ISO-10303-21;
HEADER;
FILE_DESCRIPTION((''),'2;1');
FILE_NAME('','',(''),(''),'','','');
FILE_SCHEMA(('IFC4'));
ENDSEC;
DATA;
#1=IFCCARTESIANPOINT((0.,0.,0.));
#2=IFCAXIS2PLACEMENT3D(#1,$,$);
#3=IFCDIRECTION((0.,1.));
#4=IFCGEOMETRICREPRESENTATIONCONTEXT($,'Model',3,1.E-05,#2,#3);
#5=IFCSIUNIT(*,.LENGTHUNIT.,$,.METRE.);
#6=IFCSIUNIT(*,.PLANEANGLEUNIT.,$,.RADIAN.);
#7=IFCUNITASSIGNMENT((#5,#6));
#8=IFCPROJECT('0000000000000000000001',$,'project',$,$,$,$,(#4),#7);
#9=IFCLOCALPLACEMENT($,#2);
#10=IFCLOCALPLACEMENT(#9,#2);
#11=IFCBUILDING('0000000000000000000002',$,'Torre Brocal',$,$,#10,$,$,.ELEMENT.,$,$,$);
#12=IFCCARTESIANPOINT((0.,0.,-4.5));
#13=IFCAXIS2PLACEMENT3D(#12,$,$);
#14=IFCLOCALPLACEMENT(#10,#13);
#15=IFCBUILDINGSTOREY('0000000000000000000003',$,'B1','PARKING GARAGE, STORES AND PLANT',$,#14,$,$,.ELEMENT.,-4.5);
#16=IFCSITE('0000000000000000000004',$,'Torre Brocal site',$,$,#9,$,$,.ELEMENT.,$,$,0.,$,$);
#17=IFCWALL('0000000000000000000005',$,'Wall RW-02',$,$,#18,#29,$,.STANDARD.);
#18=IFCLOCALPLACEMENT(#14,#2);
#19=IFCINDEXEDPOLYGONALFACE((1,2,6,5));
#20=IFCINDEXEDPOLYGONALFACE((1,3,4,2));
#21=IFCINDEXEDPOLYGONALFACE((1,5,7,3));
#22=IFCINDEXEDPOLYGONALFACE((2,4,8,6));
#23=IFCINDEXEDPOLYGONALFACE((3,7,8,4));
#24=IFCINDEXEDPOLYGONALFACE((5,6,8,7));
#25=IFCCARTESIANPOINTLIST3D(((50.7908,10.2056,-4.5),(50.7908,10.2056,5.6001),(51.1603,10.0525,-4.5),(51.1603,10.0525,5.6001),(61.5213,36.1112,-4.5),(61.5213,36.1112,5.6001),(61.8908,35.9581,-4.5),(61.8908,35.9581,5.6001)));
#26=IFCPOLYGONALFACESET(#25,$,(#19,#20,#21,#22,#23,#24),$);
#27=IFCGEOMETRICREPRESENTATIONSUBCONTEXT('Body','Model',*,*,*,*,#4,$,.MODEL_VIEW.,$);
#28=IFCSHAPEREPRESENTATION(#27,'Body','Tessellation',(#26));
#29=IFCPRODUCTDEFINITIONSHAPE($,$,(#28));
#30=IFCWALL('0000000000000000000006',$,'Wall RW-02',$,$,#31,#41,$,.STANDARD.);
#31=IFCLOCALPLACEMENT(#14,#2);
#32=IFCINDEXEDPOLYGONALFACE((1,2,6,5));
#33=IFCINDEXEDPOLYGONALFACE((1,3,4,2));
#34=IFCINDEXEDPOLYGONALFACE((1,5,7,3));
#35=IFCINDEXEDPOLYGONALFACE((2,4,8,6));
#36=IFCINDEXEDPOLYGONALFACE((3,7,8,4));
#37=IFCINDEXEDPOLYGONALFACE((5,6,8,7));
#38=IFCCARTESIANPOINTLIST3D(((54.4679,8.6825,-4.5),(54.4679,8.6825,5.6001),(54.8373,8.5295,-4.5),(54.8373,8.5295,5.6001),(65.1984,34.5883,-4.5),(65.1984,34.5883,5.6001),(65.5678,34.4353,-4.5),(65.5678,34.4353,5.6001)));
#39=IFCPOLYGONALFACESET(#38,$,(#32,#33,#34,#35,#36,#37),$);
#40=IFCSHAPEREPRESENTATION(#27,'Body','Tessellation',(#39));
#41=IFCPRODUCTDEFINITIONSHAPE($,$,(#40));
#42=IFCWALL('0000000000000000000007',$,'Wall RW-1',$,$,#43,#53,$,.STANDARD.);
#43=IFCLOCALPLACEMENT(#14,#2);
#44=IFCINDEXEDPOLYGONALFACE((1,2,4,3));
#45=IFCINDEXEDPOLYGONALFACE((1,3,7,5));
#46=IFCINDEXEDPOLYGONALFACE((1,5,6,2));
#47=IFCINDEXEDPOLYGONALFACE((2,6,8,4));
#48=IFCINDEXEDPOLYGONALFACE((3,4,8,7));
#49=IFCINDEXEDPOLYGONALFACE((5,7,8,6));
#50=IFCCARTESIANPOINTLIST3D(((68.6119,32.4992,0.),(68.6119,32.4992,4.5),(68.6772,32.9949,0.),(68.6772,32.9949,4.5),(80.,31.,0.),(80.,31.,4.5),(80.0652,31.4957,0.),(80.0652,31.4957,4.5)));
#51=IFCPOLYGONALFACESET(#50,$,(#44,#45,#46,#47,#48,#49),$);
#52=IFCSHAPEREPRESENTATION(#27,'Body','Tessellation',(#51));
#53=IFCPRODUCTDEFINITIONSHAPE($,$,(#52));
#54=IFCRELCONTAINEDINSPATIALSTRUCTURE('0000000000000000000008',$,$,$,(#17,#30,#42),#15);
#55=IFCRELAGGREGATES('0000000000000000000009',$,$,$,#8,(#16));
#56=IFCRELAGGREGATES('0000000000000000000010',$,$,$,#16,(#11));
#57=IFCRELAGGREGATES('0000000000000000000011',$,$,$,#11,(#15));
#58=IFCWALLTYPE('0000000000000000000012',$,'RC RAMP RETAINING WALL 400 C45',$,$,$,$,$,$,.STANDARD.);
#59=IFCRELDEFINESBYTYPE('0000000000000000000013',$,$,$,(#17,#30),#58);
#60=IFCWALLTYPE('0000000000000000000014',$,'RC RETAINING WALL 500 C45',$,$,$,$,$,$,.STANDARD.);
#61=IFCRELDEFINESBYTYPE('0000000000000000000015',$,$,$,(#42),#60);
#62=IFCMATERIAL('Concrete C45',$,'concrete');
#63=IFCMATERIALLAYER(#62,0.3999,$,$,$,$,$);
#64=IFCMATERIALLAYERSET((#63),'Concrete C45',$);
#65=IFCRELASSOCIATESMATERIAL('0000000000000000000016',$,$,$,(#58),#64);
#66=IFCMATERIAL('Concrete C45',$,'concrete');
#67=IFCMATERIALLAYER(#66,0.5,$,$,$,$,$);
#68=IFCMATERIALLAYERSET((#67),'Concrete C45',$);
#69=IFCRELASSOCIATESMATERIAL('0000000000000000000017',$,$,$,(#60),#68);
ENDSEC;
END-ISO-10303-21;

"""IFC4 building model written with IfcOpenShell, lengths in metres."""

from ifc_helpers import new_model, si_unit, direction, frame, frame_2d, origin, place, context, subcontext, project, spatial, rectangle, extrude, material, layer, layer_set, type_object, element, save


model = new_model("IFC4")

# Units and contexts
model_context = context("Model", 3, precision=1e-05, world=origin(), true_north=direction((0.0, 1.0)))
body_context = subcontext(model_context, "Body", "Model", "MODEL_VIEW")
ifc_project = project(units=[si_unit("LENGTHUNIT", "METRE"), si_unit("PLANEANGLEUNIT", "RADIAN")], contexts=[model_context])

# Site, building, storey
site_placement = place(None, origin())
site = spatial("IfcSite", under=ifc_project, at=site_placement, Name="Torre Brocal site", CompositionType="ELEMENT", RefElevation=0.0)
building_placement = place(site_placement, origin())
building = spatial("IfcBuilding", under=site, at=building_placement, Name="Torre Brocal", CompositionType="ELEMENT")
storey_placement = place(building_placement, frame((0.0, 0.0, -4.5)))
storey = spatial("IfcBuildingStorey", under=building, at=storey_placement, Name="B1", Description="PARKING GARAGE, STORES AND PLANT", CompositionType="ELEMENT", Elevation=-4.5)

# Walls
ifc_material_1 = material(Name="Concrete C45", Category="concrete")
ifc_layer_1 = layer(ifc_material_1, 0.3999)
ifc_layer_set_1 = layer_set([ifc_layer_1], Name="Concrete C45")
wall_type_1 = type_object("IfcWallType", Name="RC RAMP RETAINING WALL 400 C45", PredefinedType="STANDARD", material=ifc_layer_set_1)
wall_1_placement = place(storey_placement, frame((61.7061, 36.0347, -4.5), z_axis=(0.0, 0.0, 1.0), x_axis=(-0.382685, -0.923879, 0.0)))
element("IfcWall", 1, at=wall_1_placement, inside=storey, type_object=wall_type_1, Name="Wall RW-02", PredefinedType="STANDARD", context=body_context, shape_type="SweptSolid", body=[
    extrude(rectangle(XDim=28.04, YDim=0.3999, at=frame_2d((14.02, 0.0))), origin(), (0.0, 0.0, 1.0), 10.1001),
])
wall_2_placement = place(storey_placement, frame((65.3831, 34.5117, -4.5), z_axis=(0.0, 0.0, 1.0), x_axis=(-0.382682, -0.92388, 0.0)))
element("IfcWall", 2, at=wall_2_placement, inside=storey, type_object=wall_type_1, Name="Wall RW-02", PredefinedType="STANDARD", context=body_context, shape_type="SweptSolid", body=[
    extrude(rectangle(XDim=28.0403, YDim=0.3999, at=frame_2d((14.02, 0.0))), origin(), (0.0, 0.0, 1.0), 10.1001),
])
ifc_material_2 = material(Name="Concrete C45", Category="concrete")
ifc_layer_2 = layer(ifc_material_2, 0.5)
ifc_layer_set_2 = layer_set([ifc_layer_2], Name="Concrete C45")
wall_type_2 = type_object("IfcWallType", Name="RC RETAINING WALL 500 C45", PredefinedType="STANDARD", material=ifc_layer_set_2)
wall_3_placement = place(storey_placement, frame((68.6445, 32.7471, 0.0), z_axis=(0.0, 0.0, 1.0), x_axis=(0.991445, -0.130525, 0.0)))
element("IfcWall", 3, at=wall_3_placement, inside=storey, type_object=wall_type_2, Name="Wall RW-1", PredefinedType="STANDARD", context=body_context, shape_type="SweptSolid", body=[
    extrude(rectangle(XDim=11.4863, YDim=0.5, at=frame_2d((5.7432, 0.0))), origin(), (0.0, 0.0, 1.0), 4.5),
])

save(model, "model.ifc")
